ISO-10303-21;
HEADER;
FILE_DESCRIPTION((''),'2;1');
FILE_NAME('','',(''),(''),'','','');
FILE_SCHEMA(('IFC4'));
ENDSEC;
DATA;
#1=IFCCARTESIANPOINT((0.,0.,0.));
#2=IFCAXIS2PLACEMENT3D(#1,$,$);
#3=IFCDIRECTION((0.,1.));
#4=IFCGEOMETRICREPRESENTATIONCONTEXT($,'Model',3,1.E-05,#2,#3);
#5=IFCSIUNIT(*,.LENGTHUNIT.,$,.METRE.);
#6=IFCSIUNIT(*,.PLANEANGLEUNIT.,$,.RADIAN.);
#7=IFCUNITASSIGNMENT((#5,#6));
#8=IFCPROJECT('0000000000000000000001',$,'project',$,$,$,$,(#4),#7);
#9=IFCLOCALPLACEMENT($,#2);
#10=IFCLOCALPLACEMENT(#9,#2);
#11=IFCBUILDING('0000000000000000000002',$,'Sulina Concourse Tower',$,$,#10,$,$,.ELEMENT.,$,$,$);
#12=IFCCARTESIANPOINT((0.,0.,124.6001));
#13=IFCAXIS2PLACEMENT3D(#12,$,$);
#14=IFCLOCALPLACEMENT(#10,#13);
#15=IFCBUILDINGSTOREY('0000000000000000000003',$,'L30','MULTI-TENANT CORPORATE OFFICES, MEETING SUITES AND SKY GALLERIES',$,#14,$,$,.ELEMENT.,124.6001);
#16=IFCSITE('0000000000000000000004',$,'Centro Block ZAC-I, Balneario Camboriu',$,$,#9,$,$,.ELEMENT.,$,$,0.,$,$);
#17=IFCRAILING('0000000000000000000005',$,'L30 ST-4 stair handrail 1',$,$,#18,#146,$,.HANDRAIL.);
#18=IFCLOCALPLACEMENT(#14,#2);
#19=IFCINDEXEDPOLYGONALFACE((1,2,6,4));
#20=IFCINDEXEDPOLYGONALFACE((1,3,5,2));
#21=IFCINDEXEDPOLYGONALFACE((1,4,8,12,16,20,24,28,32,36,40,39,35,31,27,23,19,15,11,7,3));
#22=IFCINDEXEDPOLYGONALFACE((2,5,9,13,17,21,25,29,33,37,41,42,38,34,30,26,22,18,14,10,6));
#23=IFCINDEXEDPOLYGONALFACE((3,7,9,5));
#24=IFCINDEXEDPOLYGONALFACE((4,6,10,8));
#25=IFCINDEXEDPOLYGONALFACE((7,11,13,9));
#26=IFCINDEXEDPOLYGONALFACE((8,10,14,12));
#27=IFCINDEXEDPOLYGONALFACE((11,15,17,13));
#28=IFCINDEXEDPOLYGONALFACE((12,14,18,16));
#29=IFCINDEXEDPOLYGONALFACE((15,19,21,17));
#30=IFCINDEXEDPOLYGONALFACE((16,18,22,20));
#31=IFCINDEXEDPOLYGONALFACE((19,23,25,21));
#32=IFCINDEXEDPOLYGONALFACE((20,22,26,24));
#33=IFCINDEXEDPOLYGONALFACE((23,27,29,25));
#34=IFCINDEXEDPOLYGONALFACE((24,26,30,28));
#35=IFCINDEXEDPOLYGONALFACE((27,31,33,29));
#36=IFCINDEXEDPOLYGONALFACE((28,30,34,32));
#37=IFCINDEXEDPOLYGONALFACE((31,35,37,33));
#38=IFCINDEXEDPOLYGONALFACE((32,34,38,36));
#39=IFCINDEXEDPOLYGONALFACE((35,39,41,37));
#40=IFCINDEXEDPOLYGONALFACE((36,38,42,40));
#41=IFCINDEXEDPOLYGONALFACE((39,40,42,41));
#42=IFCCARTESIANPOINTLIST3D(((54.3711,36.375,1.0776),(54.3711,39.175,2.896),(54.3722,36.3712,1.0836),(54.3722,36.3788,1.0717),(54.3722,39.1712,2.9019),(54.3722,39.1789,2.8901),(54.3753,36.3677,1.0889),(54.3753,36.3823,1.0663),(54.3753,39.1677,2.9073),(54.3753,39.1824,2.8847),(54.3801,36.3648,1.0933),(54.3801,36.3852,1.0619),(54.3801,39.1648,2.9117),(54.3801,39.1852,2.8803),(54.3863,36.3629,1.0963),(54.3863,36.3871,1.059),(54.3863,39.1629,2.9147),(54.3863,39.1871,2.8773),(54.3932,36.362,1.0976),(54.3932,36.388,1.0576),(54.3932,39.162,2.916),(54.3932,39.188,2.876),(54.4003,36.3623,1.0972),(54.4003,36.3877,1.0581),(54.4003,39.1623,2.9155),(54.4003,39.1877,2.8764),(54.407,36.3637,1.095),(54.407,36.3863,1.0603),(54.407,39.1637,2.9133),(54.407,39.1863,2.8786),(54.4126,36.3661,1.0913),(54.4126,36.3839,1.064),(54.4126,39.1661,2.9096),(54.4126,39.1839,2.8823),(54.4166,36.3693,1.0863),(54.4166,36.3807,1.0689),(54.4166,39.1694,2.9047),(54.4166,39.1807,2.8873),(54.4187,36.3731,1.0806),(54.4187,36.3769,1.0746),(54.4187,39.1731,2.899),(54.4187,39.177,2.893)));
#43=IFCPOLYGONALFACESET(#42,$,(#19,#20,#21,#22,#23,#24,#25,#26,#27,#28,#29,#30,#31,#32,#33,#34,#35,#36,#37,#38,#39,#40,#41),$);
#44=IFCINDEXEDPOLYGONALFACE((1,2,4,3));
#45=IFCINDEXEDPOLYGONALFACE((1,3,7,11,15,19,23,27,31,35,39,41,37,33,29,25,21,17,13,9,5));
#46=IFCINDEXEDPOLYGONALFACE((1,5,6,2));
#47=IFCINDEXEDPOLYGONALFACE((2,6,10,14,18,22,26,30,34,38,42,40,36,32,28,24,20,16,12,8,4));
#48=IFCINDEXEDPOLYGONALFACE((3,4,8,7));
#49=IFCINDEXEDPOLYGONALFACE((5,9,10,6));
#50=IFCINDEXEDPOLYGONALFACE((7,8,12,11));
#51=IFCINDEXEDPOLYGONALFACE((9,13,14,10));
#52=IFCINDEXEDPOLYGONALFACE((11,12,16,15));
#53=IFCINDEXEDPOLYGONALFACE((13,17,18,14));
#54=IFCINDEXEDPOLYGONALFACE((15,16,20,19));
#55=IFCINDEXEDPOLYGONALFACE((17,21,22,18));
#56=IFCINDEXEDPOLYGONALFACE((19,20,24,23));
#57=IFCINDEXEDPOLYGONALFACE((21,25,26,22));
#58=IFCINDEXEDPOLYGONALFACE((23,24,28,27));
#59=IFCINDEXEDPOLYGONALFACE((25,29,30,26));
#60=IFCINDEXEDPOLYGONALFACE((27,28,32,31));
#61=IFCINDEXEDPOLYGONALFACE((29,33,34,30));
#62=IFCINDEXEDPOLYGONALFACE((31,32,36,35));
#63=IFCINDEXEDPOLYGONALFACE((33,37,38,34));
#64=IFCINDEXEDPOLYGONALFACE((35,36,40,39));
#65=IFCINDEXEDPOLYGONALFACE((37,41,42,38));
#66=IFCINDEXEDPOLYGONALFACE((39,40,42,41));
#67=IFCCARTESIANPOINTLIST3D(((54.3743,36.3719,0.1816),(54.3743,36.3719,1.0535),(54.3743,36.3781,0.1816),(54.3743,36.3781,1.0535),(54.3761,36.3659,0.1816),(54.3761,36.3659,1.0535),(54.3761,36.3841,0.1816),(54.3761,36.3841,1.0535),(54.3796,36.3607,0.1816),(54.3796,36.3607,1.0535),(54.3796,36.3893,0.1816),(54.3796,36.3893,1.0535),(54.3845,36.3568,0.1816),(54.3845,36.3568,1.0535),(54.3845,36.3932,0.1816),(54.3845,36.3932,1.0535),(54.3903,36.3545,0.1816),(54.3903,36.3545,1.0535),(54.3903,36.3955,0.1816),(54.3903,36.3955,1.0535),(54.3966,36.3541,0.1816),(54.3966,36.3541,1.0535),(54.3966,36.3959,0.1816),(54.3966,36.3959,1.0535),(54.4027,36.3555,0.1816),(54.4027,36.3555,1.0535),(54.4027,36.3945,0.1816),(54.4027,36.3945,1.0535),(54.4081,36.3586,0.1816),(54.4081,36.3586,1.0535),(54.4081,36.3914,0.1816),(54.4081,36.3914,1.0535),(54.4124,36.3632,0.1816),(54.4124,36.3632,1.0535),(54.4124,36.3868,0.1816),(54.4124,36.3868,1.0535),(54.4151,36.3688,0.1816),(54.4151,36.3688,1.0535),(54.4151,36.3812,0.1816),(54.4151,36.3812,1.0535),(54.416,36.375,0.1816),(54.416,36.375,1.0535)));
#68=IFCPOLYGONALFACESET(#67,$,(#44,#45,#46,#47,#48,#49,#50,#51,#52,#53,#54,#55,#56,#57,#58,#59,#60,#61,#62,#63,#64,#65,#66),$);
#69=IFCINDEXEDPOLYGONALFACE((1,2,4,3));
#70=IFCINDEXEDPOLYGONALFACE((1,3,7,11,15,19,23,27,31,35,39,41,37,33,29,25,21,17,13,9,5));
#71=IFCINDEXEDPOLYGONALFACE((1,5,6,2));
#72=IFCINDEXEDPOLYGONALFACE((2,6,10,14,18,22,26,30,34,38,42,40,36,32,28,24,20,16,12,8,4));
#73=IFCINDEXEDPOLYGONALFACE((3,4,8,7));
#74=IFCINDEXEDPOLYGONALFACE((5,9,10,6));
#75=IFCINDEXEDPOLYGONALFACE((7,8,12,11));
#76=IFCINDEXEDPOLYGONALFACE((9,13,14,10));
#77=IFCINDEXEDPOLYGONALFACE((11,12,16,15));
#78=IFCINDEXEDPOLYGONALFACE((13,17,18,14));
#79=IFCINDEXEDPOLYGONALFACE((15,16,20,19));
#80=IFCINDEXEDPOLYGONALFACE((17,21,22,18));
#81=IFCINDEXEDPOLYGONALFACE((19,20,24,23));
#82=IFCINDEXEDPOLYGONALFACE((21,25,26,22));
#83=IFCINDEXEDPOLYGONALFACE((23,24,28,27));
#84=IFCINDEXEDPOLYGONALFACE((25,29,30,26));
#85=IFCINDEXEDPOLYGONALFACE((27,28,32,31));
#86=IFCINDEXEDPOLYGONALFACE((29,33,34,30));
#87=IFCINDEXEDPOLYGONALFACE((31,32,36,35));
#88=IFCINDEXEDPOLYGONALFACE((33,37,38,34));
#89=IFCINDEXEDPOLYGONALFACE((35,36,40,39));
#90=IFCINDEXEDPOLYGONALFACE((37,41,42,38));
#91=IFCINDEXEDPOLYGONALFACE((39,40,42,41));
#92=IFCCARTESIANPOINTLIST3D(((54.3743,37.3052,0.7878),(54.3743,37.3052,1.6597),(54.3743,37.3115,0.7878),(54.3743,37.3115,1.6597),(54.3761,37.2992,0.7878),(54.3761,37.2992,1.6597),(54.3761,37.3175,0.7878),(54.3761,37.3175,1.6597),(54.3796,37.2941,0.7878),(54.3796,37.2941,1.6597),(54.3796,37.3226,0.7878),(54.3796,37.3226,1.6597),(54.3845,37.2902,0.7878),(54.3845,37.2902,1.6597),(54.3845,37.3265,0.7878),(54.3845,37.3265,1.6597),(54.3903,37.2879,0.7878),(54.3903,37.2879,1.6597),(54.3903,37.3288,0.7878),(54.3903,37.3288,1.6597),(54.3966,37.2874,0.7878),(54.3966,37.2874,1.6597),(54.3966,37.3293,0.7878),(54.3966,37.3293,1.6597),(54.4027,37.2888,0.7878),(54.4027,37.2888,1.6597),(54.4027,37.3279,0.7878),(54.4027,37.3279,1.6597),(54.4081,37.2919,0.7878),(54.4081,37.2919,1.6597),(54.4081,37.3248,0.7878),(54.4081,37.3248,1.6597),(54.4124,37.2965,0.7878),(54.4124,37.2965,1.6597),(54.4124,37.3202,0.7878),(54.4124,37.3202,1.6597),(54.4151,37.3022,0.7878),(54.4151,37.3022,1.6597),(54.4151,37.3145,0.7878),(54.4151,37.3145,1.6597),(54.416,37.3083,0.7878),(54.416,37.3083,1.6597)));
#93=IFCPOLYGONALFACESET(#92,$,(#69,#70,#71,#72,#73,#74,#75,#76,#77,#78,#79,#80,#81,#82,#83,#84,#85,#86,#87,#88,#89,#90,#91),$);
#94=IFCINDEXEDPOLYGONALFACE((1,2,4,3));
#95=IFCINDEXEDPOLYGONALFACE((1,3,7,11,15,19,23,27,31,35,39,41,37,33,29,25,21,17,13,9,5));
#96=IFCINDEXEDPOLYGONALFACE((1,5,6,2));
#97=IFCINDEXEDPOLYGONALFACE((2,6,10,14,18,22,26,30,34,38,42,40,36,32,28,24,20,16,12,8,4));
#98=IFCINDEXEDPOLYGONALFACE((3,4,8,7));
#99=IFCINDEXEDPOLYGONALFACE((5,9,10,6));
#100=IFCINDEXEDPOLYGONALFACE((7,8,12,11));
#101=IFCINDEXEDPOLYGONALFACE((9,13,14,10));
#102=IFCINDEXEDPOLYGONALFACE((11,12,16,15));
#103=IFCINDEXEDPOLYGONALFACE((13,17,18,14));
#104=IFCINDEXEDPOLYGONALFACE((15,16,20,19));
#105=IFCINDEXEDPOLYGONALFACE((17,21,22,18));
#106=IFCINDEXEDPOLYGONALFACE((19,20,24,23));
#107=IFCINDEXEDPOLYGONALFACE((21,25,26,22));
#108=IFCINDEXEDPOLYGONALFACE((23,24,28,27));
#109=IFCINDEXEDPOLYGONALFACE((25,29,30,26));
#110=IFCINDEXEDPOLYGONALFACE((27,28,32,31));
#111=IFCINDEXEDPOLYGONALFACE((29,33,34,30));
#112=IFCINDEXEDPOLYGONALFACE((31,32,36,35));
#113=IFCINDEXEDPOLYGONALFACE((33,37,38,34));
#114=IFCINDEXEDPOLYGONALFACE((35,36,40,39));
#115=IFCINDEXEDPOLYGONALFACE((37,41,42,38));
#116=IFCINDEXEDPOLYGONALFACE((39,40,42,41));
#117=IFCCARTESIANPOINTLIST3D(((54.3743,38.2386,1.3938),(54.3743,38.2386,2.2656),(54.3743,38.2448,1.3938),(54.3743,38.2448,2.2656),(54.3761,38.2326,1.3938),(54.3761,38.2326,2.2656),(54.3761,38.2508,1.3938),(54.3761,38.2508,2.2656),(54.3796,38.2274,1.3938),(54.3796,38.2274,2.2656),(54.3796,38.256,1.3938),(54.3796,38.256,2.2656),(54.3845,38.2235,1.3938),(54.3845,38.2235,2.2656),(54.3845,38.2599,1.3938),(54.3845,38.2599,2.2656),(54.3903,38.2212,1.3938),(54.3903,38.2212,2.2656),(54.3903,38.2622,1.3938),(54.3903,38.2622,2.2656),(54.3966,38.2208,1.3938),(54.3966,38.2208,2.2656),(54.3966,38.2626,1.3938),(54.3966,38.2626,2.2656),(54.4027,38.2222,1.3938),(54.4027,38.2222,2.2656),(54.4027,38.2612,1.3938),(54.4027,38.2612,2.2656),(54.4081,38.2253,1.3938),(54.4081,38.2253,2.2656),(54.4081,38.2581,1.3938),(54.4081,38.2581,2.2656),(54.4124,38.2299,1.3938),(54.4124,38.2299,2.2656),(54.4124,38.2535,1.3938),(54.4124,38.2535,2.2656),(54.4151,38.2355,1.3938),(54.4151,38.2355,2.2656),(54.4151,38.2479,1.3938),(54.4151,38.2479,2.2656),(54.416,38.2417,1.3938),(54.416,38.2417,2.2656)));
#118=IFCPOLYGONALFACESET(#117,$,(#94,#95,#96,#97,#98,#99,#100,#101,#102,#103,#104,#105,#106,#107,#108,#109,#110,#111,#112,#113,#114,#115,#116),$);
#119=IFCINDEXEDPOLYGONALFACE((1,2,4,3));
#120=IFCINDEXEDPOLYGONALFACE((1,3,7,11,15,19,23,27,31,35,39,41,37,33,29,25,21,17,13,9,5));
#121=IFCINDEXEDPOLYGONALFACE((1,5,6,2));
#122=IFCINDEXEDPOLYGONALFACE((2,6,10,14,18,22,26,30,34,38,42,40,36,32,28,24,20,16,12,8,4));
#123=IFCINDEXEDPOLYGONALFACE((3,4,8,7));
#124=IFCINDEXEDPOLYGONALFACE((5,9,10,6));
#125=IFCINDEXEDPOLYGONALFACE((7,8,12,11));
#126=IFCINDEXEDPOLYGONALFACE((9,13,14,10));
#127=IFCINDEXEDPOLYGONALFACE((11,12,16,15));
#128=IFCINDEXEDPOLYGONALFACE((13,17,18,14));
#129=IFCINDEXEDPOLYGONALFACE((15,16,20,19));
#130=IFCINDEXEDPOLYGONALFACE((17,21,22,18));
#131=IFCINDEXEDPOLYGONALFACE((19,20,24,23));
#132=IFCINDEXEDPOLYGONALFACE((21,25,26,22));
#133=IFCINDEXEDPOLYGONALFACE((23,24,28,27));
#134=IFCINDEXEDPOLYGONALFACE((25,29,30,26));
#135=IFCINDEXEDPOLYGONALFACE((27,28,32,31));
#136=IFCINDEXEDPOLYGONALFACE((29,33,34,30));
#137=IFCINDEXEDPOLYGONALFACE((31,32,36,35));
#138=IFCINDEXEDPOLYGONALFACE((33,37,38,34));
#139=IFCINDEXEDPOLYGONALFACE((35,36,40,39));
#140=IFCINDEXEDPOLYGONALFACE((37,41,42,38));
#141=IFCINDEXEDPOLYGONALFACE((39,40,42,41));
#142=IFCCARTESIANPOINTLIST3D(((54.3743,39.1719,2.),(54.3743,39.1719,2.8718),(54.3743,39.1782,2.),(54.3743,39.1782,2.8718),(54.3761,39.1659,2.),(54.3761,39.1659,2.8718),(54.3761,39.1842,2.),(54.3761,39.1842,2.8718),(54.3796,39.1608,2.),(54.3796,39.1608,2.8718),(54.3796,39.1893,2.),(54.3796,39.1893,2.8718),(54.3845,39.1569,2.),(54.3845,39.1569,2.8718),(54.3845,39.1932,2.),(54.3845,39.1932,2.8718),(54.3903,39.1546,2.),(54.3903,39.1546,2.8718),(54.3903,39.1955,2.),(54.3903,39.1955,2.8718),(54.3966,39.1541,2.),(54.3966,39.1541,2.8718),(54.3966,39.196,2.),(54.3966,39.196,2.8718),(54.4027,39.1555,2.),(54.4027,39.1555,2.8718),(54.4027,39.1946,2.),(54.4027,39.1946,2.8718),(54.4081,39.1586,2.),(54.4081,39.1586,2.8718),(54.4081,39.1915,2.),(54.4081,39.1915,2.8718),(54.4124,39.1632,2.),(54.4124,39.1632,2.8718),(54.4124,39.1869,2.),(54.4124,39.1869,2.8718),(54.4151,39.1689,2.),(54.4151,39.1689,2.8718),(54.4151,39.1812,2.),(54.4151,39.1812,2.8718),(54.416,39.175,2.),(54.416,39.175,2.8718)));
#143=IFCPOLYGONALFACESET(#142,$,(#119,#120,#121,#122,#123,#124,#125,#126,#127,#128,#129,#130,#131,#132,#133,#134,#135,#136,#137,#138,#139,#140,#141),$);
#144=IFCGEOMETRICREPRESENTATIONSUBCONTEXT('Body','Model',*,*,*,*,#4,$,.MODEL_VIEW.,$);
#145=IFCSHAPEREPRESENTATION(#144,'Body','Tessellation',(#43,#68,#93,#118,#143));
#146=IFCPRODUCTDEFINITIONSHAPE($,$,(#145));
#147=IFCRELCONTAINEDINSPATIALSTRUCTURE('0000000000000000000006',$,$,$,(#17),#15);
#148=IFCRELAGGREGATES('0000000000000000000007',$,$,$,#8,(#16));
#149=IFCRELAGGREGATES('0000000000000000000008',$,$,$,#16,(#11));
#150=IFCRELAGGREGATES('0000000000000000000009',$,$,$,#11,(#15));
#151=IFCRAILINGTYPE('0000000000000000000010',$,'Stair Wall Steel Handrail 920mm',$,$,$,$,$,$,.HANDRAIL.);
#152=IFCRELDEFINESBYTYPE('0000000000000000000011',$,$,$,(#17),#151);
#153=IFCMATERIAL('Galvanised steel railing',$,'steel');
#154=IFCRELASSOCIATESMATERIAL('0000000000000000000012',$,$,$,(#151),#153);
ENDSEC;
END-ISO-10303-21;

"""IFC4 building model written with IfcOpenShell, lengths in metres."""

from ifc_helpers import new_model, si_unit, direction, frame, origin, origin_2d, place, context, subcontext, project, spatial, circle, extrude, material, type_object, element, save


model = new_model("IFC4")

# Units and contexts
model_context = context("Model", 3, precision=1e-05, world=origin(), true_north=direction((0.0, 1.0)))
body_context = subcontext(model_context, "Body", "Model", "MODEL_VIEW")
ifc_project = project(units=[si_unit("LENGTHUNIT", "METRE"), si_unit("PLANEANGLEUNIT", "RADIAN")], contexts=[model_context])

# Site, building, storey
site_placement = place(None, origin())
site = spatial("IfcSite", under=ifc_project, at=site_placement, Name="Centro Block ZAC-I, Balneario Camboriu", CompositionType="ELEMENT", RefElevation=0.0)
building_placement = place(site_placement, origin())
building = spatial("IfcBuilding", under=site, at=building_placement, Name="Sulina Concourse Tower", CompositionType="ELEMENT")
storey_placement = place(building_placement, frame((0.0, 0.0, 124.6001)))
storey = spatial("IfcBuildingStorey", under=building, at=storey_placement, Name="L30", Description="MULTI-TENANT CORPORATE OFFICES, MEETING SUITES AND SKY GALLERIES", CompositionType="ELEMENT", Elevation=124.6001)

# Railing
ifc_material_1 = material(Name="Galvanised steel railing", Category="steel")
railing_type_1 = type_object("IfcRailingType", Name="Stair Wall Steel Handrail 920mm", PredefinedType="HANDRAIL", material=ifc_material_1)
for number, where, name in (
    (1, (54.395, 36.375, 0.1816), "L30 ST-4 stair handrail 1"),
):
    element("IfcRailing", number, at=place(storey_placement, frame(where)), inside=storey, type_object=railing_type_1, Name=name, PredefinedType="HANDRAIL", context=body_context, shape_type="SweptSolid", body=[
        extrude(circle(Radius=0.0239, at=origin_2d()), frame((0.0, 0.0, 0.896), z_axis=(0.0, 0.838672, 0.544636), x_axis=(-1.0, 0.0, 0.0)), (0.0, 0.0, 1.0), 3.3386),
        extrude(circle(Radius=0.021, at=origin_2d()), origin(), (0.0, 0.0, 1.0), 0.8718),
        extrude(circle(Radius=0.021, at=origin_2d()), frame((0.0, 0.9333, 0.6062)), (0.0, 0.0, 1.0), 0.8718),
        extrude(circle(Radius=0.021, at=origin_2d()), frame((0.0, 1.8667, 1.2122)), (0.0, 0.0, 1.0), 0.8718),
        extrude(circle(Radius=0.021, at=origin_2d()), frame((0.0, 2.8, 1.8184)), (0.0, 0.0, 1.0), 0.8718),
    ])

save(model, "model.ifc")
